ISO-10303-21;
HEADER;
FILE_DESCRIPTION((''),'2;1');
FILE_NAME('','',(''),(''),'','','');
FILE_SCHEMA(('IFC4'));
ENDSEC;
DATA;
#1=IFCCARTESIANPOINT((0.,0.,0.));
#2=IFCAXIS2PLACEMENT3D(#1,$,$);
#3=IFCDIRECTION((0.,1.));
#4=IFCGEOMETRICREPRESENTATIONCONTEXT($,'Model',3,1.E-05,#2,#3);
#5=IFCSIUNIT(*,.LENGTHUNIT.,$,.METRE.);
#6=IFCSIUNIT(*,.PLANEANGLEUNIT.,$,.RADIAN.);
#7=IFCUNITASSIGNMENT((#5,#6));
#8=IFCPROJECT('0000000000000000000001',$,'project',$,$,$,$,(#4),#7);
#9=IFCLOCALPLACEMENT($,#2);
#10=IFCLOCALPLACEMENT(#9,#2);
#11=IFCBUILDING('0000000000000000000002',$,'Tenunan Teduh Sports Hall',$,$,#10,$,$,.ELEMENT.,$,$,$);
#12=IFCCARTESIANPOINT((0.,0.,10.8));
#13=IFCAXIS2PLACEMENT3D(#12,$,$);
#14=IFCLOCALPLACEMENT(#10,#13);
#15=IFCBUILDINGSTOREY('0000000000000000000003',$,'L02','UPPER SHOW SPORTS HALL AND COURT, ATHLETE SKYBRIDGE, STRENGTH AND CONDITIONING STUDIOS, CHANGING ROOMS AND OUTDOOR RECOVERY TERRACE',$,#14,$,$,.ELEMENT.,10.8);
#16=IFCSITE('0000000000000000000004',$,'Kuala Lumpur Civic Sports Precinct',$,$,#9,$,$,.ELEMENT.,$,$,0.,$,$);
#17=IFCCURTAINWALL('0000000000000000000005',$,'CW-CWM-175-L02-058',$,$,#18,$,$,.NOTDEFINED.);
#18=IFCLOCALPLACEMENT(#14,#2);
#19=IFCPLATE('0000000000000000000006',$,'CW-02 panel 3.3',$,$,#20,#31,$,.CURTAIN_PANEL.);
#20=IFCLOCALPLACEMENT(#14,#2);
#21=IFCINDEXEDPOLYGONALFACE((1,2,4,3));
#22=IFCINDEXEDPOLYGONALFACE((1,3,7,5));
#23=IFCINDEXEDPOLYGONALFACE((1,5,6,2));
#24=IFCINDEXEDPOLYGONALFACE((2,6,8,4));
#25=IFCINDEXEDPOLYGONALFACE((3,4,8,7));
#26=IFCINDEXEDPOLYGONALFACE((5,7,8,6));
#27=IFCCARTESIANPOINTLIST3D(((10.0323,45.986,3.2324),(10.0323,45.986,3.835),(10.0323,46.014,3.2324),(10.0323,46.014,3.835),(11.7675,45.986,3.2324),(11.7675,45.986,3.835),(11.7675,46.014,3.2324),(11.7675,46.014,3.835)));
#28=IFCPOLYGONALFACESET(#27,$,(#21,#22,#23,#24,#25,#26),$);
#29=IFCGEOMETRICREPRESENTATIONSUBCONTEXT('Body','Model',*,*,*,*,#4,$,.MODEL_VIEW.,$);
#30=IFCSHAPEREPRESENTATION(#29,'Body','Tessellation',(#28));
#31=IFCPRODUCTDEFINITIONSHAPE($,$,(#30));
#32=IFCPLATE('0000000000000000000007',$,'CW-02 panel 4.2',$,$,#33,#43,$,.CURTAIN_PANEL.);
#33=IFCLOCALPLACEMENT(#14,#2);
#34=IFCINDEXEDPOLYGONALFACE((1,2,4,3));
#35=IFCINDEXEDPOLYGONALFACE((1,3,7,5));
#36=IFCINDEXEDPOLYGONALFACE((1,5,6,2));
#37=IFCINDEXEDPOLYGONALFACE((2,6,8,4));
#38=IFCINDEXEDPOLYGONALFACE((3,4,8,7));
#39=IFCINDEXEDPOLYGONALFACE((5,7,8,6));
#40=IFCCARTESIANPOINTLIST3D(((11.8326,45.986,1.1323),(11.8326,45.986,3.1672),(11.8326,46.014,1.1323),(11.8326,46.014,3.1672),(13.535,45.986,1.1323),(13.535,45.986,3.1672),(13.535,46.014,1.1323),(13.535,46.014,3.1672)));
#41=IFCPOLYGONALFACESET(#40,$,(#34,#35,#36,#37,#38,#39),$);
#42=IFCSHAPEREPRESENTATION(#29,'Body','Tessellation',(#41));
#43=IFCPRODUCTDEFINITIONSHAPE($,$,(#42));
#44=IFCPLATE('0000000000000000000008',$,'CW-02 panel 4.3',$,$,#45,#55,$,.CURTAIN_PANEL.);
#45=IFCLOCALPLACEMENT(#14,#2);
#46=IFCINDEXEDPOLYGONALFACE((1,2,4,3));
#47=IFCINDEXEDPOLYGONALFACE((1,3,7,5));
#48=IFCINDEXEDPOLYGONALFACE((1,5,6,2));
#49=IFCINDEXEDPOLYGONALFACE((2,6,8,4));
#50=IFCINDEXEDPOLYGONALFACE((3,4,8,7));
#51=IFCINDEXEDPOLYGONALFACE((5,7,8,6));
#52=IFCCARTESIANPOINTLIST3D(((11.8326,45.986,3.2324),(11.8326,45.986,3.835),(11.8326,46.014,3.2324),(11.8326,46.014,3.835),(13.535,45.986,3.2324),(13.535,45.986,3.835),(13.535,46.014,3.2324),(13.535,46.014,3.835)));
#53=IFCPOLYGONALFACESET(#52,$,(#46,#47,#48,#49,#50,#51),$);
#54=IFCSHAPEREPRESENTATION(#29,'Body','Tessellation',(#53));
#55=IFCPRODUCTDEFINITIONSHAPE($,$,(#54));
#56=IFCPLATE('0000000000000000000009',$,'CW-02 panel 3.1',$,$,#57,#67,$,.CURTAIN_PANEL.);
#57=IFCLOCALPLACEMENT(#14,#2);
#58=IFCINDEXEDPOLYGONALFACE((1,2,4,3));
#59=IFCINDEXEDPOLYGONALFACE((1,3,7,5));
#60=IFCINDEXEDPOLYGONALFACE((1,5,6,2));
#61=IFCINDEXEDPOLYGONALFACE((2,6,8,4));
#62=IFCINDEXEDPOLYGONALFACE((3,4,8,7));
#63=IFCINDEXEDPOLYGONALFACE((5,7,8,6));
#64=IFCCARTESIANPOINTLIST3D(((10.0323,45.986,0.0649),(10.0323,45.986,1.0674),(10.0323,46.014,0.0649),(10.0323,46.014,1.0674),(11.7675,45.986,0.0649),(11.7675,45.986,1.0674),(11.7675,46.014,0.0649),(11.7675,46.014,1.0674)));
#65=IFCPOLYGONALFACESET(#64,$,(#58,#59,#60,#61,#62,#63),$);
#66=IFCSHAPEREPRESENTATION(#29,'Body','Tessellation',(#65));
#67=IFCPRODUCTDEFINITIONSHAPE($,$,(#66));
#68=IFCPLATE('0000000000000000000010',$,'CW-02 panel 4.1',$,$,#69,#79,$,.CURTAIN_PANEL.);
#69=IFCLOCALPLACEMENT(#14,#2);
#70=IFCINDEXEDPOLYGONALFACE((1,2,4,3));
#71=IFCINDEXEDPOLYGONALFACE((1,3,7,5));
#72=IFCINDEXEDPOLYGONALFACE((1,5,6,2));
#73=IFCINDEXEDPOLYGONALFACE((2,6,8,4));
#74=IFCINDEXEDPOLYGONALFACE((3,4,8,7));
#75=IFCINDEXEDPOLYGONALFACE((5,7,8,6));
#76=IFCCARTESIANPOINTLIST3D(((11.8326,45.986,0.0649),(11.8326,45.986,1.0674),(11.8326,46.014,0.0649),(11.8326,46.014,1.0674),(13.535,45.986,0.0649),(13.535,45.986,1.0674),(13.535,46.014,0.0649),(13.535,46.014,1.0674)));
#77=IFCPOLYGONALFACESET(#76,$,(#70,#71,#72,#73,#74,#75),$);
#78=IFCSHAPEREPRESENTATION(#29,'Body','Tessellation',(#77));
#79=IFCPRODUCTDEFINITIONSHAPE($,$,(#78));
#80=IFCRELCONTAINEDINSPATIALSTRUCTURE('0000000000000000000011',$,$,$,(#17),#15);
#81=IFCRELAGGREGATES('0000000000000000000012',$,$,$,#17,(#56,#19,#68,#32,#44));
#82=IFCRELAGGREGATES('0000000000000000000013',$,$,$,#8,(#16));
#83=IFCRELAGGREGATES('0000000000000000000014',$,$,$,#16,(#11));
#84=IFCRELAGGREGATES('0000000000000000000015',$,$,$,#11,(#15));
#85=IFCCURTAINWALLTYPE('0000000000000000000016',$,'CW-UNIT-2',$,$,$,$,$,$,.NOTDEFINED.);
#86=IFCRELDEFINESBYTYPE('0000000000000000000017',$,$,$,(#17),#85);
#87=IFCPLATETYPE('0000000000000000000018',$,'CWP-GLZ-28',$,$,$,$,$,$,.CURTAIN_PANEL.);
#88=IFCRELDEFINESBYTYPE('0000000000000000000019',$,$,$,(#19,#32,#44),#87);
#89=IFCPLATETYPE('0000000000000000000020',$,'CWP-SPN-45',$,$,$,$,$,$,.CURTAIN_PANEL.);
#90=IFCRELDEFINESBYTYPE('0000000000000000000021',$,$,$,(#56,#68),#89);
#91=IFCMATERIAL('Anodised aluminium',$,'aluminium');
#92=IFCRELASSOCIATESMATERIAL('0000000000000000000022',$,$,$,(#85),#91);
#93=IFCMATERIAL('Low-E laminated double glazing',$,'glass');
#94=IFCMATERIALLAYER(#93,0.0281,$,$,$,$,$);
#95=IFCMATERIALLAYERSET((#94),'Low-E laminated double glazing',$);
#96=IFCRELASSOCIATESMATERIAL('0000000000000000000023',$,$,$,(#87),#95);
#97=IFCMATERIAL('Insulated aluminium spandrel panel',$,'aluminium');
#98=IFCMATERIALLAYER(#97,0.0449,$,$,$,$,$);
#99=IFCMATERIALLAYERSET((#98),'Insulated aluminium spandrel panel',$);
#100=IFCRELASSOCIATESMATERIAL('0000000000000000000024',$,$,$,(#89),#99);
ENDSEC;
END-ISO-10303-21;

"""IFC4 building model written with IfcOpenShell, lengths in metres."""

from ifc_helpers import new_model, si_unit, direction, frame, origin, origin_2d, place, context, subcontext, project, spatial, rectangle, extrude, material, layer, layer_set, type_object, element, aggregate, save


model = new_model("IFC4")

# Units and contexts
model_context = context("Model", 3, precision=1e-05, world=origin(), true_north=direction((0.0, 1.0)))
body_context = subcontext(model_context, "Body", "Model", "MODEL_VIEW")
ifc_project = project(units=[si_unit("LENGTHUNIT", "METRE"), si_unit("PLANEANGLEUNIT", "RADIAN")], contexts=[model_context])

# Site, building, storey
site_placement = place(None, origin())
site = spatial("IfcSite", under=ifc_project, at=site_placement, Name="Kuala Lumpur Civic Sports Precinct", CompositionType="ELEMENT", RefElevation=0.0)
building_placement = place(site_placement, origin())
building = spatial("IfcBuilding", under=site, at=building_placement, Name="Tenunan Teduh Sports Hall", CompositionType="ELEMENT")
storey_placement = place(building_placement, frame((0.0, 0.0, 10.8)))
storey = spatial("IfcBuildingStorey", under=building, at=storey_placement, Name="L02", Description="UPPER SHOW SPORTS HALL AND COURT, ATHLETE SKYBRIDGE, STRENGTH AND CONDITIONING STUDIOS, CHANGING ROOMS AND OUTDOOR RECOVERY TERRACE", CompositionType="ELEMENT", Elevation=10.8)

# Curtain wall
ifc_material_1 = material(Name="Anodised aluminium", Category="aluminium")
curtain_wall_type = type_object("IfcCurtainWallType", Name="CW-UNIT-2", PredefinedType="NOTDEFINED", material=ifc_material_1)
curtain_wall_placement = place(storey_placement, origin())
curtain_wall = element("IfcCurtainWall", 1, at=curtain_wall_placement, inside=storey, type_object=curtain_wall_type, Name="CW-CWM-175-L02-058", PredefinedType="NOTDEFINED")

# Plates
ifc_material_2 = material(Name="Low-E laminated double glazing", Category="glass")
ifc_layer_1 = layer(ifc_material_2, 0.0281)
ifc_layer_set_1 = layer_set([ifc_layer_1], Name="Low-E laminated double glazing")
plate_type_1 = type_object("IfcPlateType", Name="CWP-GLZ-28", PredefinedType="CURTAIN_PANEL", material=ifc_layer_set_1)
plate_1_placement = place(storey_placement, frame((10.8999, 46.0, 3.2324), z_axis=(0.0, 0.0, 1.0), x_axis=(1.0, 0.0, 0.0)))
plate_1 = element("IfcPlate", 2, at=plate_1_placement, type_object=plate_type_1, Name="CW-02 panel 3.3", PredefinedType="CURTAIN_PANEL", context=body_context, shape_type="SweptSolid", body=[
    extrude(rectangle(XDim=1.7351, YDim=0.0281, at=origin_2d()), origin(), (0.0, 0.0, 1.0), 0.6025),
])
plate_2_placement = place(storey_placement, frame((12.6838, 46.0, 1.1323), z_axis=(0.0, 0.0, 1.0), x_axis=(1.0, 0.0, 0.0)))
plate_2 = element("IfcPlate", 3, at=plate_2_placement, type_object=plate_type_1, Name="CW-02 panel 4.2", PredefinedType="CURTAIN_PANEL", context=body_context, shape_type="SweptSolid", body=[
    extrude(rectangle(XDim=1.7024, YDim=0.0281, at=origin_2d()), origin(), (0.0, 0.0, 1.0), 2.0349),
])
plate_3_placement = place(storey_placement, frame((12.6838, 46.0, 3.2324), z_axis=(0.0, 0.0, 1.0), x_axis=(1.0, 0.0, 0.0)))
plate_3 = element("IfcPlate", 4, at=plate_3_placement, type_object=plate_type_1, Name="CW-02 panel 4.3", PredefinedType="CURTAIN_PANEL", context=body_context, shape_type="SweptSolid", body=[
    extrude(rectangle(XDim=1.7024, YDim=0.0281, at=origin_2d()), origin(), (0.0, 0.0, 1.0), 0.6025),
])
ifc_material_3 = material(Name="Insulated aluminium spandrel panel", Category="aluminium")
ifc_layer_2 = layer(ifc_material_3, 0.0449)
ifc_layer_set_2 = layer_set([ifc_layer_2], Name="Insulated aluminium spandrel panel")
plate_type_2 = type_object("IfcPlateType", Name="CWP-SPN-45", PredefinedType="CURTAIN_PANEL", material=ifc_layer_set_2)
plate_4_placement = place(storey_placement, frame((10.8999, 46.0, 0.0649), z_axis=(0.0, 0.0, 1.0), x_axis=(1.0, 0.0, 0.0)))
plate_4 = element("IfcPlate", 5, at=plate_4_placement, type_object=plate_type_2, Name="CW-02 panel 3.1", PredefinedType="CURTAIN_PANEL", context=body_context, shape_type="SweptSolid", body=[
    extrude(rectangle(XDim=1.7351, YDim=0.0281, at=origin_2d()), origin(), (0.0, 0.0, 1.0), 1.0024),
])
plate_5_placement = place(storey_placement, frame((12.6838, 46.0, 0.0649), z_axis=(0.0, 0.0, 1.0), x_axis=(1.0, 0.0, 0.0)))
plate_5 = element("IfcPlate", 6, at=plate_5_placement, type_object=plate_type_2, Name="CW-02 panel 4.1", PredefinedType="CURTAIN_PANEL", context=body_context, shape_type="SweptSolid", body=[
    extrude(rectangle(XDim=1.7024, YDim=0.0281, at=origin_2d()), origin(), (0.0, 0.0, 1.0), 1.0024),
])
aggregate(curtain_wall, [plate_4, plate_1, plate_5, plate_2, plate_3])

save(model, "model.ifc")
